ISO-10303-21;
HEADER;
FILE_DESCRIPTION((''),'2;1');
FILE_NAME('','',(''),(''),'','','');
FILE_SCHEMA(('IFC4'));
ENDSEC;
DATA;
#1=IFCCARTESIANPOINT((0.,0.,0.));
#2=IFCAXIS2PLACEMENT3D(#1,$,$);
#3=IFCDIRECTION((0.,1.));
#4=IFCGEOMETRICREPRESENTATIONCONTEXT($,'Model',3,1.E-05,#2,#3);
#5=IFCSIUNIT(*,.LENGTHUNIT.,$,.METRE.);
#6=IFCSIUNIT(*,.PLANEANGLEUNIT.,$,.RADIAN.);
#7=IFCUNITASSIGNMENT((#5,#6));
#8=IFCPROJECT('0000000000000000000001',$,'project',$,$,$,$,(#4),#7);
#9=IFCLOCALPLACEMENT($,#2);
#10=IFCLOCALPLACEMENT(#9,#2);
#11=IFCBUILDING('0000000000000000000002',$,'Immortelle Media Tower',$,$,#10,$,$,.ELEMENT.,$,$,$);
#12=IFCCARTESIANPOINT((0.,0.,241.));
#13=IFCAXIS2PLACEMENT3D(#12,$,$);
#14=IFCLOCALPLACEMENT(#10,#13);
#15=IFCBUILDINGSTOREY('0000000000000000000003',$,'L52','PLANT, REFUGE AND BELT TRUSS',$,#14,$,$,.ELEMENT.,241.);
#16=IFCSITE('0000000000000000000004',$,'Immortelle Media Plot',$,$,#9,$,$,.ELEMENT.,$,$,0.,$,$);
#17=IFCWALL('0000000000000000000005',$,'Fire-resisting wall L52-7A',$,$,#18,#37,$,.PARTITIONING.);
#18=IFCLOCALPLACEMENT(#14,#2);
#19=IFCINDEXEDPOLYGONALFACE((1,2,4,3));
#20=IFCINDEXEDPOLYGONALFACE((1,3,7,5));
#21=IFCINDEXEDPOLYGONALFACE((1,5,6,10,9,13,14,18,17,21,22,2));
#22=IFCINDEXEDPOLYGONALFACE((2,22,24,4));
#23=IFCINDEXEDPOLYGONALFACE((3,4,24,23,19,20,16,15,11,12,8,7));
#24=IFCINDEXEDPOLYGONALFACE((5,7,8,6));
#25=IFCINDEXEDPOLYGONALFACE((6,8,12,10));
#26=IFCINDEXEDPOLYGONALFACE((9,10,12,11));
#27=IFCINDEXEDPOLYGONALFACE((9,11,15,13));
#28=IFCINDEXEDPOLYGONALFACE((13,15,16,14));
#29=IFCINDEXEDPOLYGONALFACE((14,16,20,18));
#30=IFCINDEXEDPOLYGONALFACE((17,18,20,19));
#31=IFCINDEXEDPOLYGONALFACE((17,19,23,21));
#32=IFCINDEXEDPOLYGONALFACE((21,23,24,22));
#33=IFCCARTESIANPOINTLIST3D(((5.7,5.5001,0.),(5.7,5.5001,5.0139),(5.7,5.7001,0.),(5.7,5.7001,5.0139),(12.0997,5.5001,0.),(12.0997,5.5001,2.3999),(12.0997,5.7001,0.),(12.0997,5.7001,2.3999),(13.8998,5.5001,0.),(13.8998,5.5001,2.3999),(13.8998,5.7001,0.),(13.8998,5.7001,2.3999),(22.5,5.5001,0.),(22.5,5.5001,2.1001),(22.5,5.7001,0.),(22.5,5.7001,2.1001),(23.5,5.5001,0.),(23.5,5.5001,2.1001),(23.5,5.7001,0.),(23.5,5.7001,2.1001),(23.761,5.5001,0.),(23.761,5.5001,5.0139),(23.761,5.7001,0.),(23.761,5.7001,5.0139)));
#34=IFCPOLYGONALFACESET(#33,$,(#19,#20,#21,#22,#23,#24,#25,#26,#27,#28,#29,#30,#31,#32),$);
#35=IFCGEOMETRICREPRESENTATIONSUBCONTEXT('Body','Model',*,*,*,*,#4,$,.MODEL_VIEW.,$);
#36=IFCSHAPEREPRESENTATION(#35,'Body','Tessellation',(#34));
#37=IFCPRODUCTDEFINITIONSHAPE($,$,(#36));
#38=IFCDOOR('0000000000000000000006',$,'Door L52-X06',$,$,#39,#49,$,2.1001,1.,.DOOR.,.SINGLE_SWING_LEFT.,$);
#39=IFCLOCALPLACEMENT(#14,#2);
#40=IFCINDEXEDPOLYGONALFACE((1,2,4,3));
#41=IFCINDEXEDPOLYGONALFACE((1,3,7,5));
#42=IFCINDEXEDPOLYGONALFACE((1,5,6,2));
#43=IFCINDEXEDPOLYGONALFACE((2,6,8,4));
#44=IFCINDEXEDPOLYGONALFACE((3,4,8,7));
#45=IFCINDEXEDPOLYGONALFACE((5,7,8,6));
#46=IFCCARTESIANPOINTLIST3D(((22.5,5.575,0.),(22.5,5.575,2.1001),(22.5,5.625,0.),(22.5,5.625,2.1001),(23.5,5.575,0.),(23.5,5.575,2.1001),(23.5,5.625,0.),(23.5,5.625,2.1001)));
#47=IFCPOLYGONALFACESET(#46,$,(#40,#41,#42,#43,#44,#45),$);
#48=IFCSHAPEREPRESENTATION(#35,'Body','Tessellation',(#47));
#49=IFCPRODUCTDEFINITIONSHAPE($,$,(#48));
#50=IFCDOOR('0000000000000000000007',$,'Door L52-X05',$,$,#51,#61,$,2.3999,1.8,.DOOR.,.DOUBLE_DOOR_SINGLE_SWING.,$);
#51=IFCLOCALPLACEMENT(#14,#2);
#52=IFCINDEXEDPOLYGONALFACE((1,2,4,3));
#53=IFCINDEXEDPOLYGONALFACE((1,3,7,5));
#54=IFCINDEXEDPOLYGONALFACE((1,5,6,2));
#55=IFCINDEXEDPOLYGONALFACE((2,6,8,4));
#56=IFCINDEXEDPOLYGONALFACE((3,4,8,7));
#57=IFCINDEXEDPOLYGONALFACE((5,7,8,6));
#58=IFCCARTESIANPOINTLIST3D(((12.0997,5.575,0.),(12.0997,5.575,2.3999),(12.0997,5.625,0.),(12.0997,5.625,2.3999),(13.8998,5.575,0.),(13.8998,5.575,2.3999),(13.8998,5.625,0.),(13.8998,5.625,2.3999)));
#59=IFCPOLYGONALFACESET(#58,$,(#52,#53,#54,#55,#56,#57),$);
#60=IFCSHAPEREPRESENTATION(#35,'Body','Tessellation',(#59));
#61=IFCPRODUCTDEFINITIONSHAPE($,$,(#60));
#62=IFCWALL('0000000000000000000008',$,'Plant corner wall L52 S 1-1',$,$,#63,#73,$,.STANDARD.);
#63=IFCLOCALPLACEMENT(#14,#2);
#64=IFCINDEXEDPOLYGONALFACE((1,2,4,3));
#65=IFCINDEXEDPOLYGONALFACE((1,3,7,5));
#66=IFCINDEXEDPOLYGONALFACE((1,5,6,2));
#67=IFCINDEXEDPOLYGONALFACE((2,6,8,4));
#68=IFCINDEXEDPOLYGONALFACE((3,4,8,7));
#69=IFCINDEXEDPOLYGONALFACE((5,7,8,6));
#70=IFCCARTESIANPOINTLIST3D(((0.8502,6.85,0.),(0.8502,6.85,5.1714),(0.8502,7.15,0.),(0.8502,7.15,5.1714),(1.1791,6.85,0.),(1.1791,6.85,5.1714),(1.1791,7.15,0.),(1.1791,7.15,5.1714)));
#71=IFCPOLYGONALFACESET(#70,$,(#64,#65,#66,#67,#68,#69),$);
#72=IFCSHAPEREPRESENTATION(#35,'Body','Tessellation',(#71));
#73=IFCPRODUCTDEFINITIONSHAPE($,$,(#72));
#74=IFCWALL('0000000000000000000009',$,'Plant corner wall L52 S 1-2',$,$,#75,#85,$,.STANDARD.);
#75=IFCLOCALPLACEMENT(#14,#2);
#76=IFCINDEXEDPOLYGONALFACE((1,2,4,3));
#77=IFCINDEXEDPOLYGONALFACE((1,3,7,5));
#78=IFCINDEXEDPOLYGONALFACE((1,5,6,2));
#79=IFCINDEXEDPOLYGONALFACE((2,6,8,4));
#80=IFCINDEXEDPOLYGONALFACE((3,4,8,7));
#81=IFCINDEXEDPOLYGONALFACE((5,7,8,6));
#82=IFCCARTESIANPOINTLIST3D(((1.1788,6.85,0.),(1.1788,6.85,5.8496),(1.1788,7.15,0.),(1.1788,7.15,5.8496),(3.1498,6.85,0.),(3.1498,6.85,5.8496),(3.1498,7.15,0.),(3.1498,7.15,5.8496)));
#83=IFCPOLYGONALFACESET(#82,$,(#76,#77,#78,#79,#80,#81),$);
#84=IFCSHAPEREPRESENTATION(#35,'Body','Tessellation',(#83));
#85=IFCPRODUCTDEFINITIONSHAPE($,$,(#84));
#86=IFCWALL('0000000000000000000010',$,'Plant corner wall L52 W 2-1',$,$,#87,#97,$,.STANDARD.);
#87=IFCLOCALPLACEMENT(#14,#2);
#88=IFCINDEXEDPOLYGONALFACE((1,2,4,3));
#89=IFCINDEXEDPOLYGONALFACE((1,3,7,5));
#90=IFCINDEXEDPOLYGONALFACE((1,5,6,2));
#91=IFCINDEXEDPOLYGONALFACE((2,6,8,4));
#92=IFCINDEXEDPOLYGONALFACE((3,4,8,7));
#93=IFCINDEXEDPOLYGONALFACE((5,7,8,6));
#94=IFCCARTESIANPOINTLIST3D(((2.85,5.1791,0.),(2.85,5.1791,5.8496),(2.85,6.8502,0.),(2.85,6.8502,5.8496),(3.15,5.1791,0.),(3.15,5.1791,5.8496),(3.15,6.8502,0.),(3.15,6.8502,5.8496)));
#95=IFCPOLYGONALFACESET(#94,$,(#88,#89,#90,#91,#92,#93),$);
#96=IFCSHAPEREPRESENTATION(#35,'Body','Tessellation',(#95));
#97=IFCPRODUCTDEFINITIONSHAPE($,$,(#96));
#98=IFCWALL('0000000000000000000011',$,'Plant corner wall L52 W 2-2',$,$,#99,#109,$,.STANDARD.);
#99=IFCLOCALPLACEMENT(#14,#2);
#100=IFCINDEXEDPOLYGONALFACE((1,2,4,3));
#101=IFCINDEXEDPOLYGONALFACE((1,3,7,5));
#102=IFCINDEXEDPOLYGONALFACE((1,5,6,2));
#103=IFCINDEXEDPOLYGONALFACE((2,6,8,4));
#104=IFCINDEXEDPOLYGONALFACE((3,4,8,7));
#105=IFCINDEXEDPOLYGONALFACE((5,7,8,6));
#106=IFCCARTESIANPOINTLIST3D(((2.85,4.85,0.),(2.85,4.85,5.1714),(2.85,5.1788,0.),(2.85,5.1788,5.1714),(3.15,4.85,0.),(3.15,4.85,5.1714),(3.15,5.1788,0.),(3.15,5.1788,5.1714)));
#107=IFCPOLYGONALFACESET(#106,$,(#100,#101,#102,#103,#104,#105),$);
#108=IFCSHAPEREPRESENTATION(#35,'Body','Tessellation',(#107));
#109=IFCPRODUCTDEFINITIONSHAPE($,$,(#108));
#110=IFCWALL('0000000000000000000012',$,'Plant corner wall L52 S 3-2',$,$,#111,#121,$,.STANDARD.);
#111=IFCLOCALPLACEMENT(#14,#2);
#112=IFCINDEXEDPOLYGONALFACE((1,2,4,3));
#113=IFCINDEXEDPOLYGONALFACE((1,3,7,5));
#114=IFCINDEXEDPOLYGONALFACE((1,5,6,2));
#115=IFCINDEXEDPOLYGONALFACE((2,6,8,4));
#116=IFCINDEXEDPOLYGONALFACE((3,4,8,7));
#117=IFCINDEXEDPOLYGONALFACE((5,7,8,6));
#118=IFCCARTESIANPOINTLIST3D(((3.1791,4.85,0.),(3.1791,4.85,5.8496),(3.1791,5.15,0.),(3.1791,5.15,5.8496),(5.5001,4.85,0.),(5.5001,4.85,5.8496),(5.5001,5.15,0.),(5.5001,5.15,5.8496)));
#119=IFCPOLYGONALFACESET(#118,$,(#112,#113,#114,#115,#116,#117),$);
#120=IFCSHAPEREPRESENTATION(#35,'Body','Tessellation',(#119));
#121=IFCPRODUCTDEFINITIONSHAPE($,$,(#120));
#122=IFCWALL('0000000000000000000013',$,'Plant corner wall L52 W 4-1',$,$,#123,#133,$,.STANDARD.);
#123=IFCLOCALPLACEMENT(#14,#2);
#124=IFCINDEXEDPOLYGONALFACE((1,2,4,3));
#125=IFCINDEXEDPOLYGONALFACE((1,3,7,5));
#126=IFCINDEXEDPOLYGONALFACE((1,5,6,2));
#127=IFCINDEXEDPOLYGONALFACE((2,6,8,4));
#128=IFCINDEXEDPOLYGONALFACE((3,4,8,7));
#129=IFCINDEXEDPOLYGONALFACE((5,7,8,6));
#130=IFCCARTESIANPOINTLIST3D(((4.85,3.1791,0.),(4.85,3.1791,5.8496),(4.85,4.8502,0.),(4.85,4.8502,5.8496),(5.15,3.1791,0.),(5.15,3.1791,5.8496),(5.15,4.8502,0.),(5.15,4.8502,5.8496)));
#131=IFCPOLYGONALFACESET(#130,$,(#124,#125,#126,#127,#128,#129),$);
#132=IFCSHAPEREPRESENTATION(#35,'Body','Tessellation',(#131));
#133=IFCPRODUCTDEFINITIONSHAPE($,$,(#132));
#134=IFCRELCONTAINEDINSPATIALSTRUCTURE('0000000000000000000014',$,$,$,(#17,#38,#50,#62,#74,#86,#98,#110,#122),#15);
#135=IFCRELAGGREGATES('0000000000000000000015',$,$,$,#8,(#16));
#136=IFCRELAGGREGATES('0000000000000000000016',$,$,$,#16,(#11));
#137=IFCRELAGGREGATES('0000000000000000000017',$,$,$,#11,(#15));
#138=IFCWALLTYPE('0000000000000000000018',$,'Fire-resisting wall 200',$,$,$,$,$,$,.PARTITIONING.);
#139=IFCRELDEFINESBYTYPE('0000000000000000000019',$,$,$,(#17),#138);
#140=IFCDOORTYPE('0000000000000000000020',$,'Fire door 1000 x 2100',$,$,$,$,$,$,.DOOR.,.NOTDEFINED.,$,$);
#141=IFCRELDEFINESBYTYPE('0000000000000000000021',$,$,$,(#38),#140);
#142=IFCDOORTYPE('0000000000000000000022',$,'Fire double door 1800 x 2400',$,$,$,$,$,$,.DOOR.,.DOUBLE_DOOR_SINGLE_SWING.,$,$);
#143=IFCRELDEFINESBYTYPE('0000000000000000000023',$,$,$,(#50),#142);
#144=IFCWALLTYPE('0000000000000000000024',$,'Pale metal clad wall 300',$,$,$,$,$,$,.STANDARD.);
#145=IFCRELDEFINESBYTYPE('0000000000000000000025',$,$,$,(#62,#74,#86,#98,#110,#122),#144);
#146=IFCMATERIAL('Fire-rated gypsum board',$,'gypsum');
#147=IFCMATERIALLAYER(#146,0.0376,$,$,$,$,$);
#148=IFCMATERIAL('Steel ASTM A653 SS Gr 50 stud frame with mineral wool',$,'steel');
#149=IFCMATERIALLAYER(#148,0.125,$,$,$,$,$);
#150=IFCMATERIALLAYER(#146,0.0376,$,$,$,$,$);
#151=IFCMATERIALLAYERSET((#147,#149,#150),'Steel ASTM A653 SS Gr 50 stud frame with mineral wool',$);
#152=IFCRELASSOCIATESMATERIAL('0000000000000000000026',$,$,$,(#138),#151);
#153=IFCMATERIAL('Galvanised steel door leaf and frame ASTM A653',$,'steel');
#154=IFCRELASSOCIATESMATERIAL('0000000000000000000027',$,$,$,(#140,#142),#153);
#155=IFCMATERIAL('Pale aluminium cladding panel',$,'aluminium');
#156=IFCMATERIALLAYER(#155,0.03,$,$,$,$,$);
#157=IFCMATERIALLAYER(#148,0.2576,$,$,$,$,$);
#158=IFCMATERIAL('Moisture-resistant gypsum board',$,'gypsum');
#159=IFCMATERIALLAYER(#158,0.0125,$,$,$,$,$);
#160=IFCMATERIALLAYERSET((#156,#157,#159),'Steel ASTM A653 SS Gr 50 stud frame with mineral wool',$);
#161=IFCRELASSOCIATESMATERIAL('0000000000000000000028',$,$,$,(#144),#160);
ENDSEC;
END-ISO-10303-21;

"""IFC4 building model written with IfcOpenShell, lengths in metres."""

from ifc_helpers import new_model, si_unit, direction, frame, frame_2d, origin, place, context, subcontext, project, spatial, rectangle, extrude, material, layer, layer_set, type_object, element, fill, save


model = new_model("IFC4")

# Units and contexts
model_context = context("Model", 3, precision=1e-05, world=origin(), true_north=direction((0.0, 1.0)))
body_context = subcontext(model_context, "Body", "Model", "MODEL_VIEW")
ifc_project = project(units=[si_unit("LENGTHUNIT", "METRE"), si_unit("PLANEANGLEUNIT", "RADIAN")], contexts=[model_context])

# Site, building, storey
site_placement = place(None, origin())
site = spatial("IfcSite", under=ifc_project, at=site_placement, Name="Immortelle Media Plot", CompositionType="ELEMENT", RefElevation=0.0)
building_placement = place(site_placement, origin())
building = spatial("IfcBuilding", under=site, at=building_placement, Name="Immortelle Media Tower", CompositionType="ELEMENT")
storey_placement = place(building_placement, frame((0.0, 0.0, 241.0)))
storey = spatial("IfcBuildingStorey", under=building, at=storey_placement, Name="L52", Description="PLANT, REFUGE AND BELT TRUSS", CompositionType="ELEMENT", Elevation=241.0)

# Wall, openings, doors
ifc_material_1 = material(Name="Fire-rated gypsum board", Category="gypsum")
ifc_layer_1 = layer(ifc_material_1, 0.0376)
ifc_material_2 = material(Name="Steel ASTM A653 SS Gr 50 stud frame with mineral wool", Category="steel")
ifc_layer_2 = layer(ifc_material_2, 0.125)
ifc_layer_3 = layer(ifc_material_1, 0.0376)
ifc_layer_set_1 = layer_set([ifc_layer_1, ifc_layer_2, ifc_layer_3], Name="Steel ASTM A653 SS Gr 50 stud frame with mineral wool")
wall_type_1 = type_object("IfcWallType", Name="Fire-resisting wall 200", PredefinedType="PARTITIONING", material=ifc_layer_set_1)
wall_1_placement = place(storey_placement, frame((5.7, 5.6001, 0.0), z_axis=(0.0, 0.0, 1.0), x_axis=(1.0, 0.0, 0.0)))
wall_1 = element("IfcWall", 1, at=wall_1_placement, inside=storey, type_object=wall_type_1, Name="Fire-resisting wall L52-7A", PredefinedType="PARTITIONING", context=body_context, shape_type="SweptSolid", body=[
    extrude(rectangle(XDim=18.061, YDim=0.2, at=frame_2d((9.0305, 0.0))), origin(), (0.0, 0.0, 1.0), 5.0139),
])
opening_1_placement = place(wall_1_placement, frame((6.3999, 0.0, 0.0)))
opening_1 = element("IfcOpeningElement", 2, at=opening_1_placement, cuts=wall_1, PredefinedType="OPENING", context=body_context, shape_type="SweptSolid", body=[
    extrude(rectangle(XDim=1.8, YDim=2.3999, at=frame_2d((0.8999, 1.2))), frame((0.0, 0.1099, 0.0), z_axis=(0.0, -1.0, 0.0), x_axis=(1.0, 0.0, 0.0)), (0.0, 0.0, 1.0), 0.22),
])
opening_2_placement = place(wall_1_placement, frame((16.8, 0.0, 0.0)))
opening_2 = element("IfcOpeningElement", 3, at=opening_2_placement, cuts=wall_1, PredefinedType="OPENING", context=body_context, shape_type="SweptSolid", body=[
    extrude(rectangle(XDim=1.0, YDim=2.1001, at=frame_2d((0.5, 1.05))), frame((0.0, 0.1099, 0.0), z_axis=(0.0, -1.0, 0.0), x_axis=(1.0, 0.0, 0.0)), (0.0, 0.0, 1.0), 0.22),
])
ifc_material_3 = material(Name="Galvanised steel door leaf and frame ASTM A653", Category="steel")
door_type_1 = type_object("IfcDoorType", Name="Fire door 1000 x 2100", OperationType="NOTDEFINED", PredefinedType="DOOR", material=ifc_material_3)
door_1_placement = place(opening_2_placement, origin())
door_1 = element("IfcDoor", 4, at=door_1_placement, inside=storey, type_object=door_type_1, Name="Door L52-X06", OperationType="SINGLE_SWING_LEFT", OverallHeight=2.1001, OverallWidth=1.0, PredefinedType="DOOR", context=body_context, shape_type="SweptSolid", body=[
    extrude(rectangle(XDim=1.0, YDim=2.1001, at=frame_2d((0.5, 1.05))), frame((0.0, 0.0249, 0.0), z_axis=(0.0, -1.0, 0.0), x_axis=(1.0, 0.0, 0.0)), (0.0, 0.0, 1.0), 0.05),
])
fill(opening_2, door_1)
door_type_2 = type_object("IfcDoorType", Name="Fire double door 1800 x 2400", OperationType="DOUBLE_DOOR_SINGLE_SWING", PredefinedType="DOOR", material=ifc_material_3)
door_2_placement = place(opening_1_placement, origin())
door_2 = element("IfcDoor", 5, at=door_2_placement, inside=storey, type_object=door_type_2, Name="Door L52-X05", OperationType="DOUBLE_DOOR_SINGLE_SWING", OverallHeight=2.3999, OverallWidth=1.8, PredefinedType="DOOR", context=body_context, shape_type="SweptSolid", body=[
    extrude(rectangle(XDim=1.8, YDim=2.3999, at=frame_2d((0.8999, 1.2))), frame((0.0, 0.0249, 0.0), z_axis=(0.0, -1.0, 0.0), x_axis=(1.0, 0.0, 0.0)), (0.0, 0.0, 1.0), 0.05),
])
fill(opening_1, door_2)

# Walls
ifc_material_4 = material(Name="Pale aluminium cladding panel", Category="aluminium")
ifc_layer_4 = layer(ifc_material_4, 0.03)
ifc_layer_5 = layer(ifc_material_2, 0.2576)
ifc_material_5 = material(Name="Moisture-resistant gypsum board", Category="gypsum")
ifc_layer_6 = layer(ifc_material_5, 0.0125)
ifc_layer_set_2 = layer_set([ifc_layer_4, ifc_layer_5, ifc_layer_6], Name="Steel ASTM A653 SS Gr 50 stud frame with mineral wool")
wall_type_2 = type_object("IfcWallType", Name="Pale metal clad wall 300", PredefinedType="STANDARD", material=ifc_layer_set_2)
wall_2_placement = place(storey_placement, frame((0.8501, 7.0, 0.0), z_axis=(0.0, 0.0, 1.0), x_axis=(1.0, 0.0, 0.0)))
element("IfcWall", 6, at=wall_2_placement, inside=storey, type_object=wall_type_2, Name="Plant corner wall L52 S 1-1", PredefinedType="STANDARD", context=body_context, shape_type="SweptSolid", body=[
    extrude(rectangle(XDim=0.3289, YDim=0.3, at=frame_2d((0.1646, 0.0))), origin(), (0.0, 0.0, 1.0), 5.1714),
])
wall_3_placement = place(storey_placement, frame((1.179, 7.0, 0.0), z_axis=(0.0, 0.0, 1.0), x_axis=(1.0, 0.0, 0.0)))
element("IfcWall", 7, at=wall_3_placement, inside=storey, type_object=wall_type_2, Name="Plant corner wall L52 S 1-2", PredefinedType="STANDARD", context=body_context, shape_type="SweptSolid", body=[
    extrude(rectangle(XDim=1.9709, YDim=0.3, at=frame_2d((0.9854, 0.0))), origin(), (0.0, 0.0, 1.0), 5.8496),
])
wall_4_placement = place(storey_placement, frame((3.0, 6.8501, 0.0), z_axis=(0.0, 0.0, 1.0), x_axis=(0.0, -1.0, 0.0)))
element("IfcWall", 8, at=wall_4_placement, inside=storey, type_object=wall_type_2, Name="Plant corner wall L52 W 2-1", PredefinedType="STANDARD", context=body_context, shape_type="SweptSolid", body=[
    extrude(rectangle(XDim=1.6711, YDim=0.3, at=frame_2d((0.8354, 0.0))), origin(), (0.0, 0.0, 1.0), 5.8496),
])
wall_5_placement = place(storey_placement, frame((3.0, 5.179, 0.0), z_axis=(0.0, 0.0, 1.0), x_axis=(0.0, -1.0, 0.0)))
element("IfcWall", 9, at=wall_5_placement, inside=storey, type_object=wall_type_2, Name="Plant corner wall L52 W 2-2", PredefinedType="STANDARD", context=body_context, shape_type="SweptSolid", body=[
    extrude(rectangle(XDim=0.3289, YDim=0.3, at=frame_2d((0.1646, 0.0))), origin(), (0.0, 0.0, 1.0), 5.1714),
])
wall_6_placement = place(storey_placement, frame((3.179, 5.0, 0.0), z_axis=(0.0, 0.0, 1.0), x_axis=(1.0, 0.0, 0.0)))
element("IfcWall", 10, at=wall_6_placement, inside=storey, type_object=wall_type_2, Name="Plant corner wall L52 S 3-2", PredefinedType="STANDARD", context=body_context, shape_type="SweptSolid", body=[
    extrude(rectangle(XDim=2.321, YDim=0.3, at=frame_2d((1.1606, 0.0))), origin(), (0.0, 0.0, 1.0), 5.8496),
])
wall_7_placement = place(storey_placement, frame((5.0, 4.8501, 0.0), z_axis=(0.0, 0.0, 1.0), x_axis=(0.0, -1.0, 0.0)))
element("IfcWall", 11, at=wall_7_placement, inside=storey, type_object=wall_type_2, Name="Plant corner wall L52 W 4-1", PredefinedType="STANDARD", context=body_context, shape_type="SweptSolid", body=[
    extrude(rectangle(XDim=1.6711, YDim=0.3, at=frame_2d((0.8354, 0.0))), origin(), (0.0, 0.0, 1.0), 5.8496),
])

save(model, "model.ifc")
